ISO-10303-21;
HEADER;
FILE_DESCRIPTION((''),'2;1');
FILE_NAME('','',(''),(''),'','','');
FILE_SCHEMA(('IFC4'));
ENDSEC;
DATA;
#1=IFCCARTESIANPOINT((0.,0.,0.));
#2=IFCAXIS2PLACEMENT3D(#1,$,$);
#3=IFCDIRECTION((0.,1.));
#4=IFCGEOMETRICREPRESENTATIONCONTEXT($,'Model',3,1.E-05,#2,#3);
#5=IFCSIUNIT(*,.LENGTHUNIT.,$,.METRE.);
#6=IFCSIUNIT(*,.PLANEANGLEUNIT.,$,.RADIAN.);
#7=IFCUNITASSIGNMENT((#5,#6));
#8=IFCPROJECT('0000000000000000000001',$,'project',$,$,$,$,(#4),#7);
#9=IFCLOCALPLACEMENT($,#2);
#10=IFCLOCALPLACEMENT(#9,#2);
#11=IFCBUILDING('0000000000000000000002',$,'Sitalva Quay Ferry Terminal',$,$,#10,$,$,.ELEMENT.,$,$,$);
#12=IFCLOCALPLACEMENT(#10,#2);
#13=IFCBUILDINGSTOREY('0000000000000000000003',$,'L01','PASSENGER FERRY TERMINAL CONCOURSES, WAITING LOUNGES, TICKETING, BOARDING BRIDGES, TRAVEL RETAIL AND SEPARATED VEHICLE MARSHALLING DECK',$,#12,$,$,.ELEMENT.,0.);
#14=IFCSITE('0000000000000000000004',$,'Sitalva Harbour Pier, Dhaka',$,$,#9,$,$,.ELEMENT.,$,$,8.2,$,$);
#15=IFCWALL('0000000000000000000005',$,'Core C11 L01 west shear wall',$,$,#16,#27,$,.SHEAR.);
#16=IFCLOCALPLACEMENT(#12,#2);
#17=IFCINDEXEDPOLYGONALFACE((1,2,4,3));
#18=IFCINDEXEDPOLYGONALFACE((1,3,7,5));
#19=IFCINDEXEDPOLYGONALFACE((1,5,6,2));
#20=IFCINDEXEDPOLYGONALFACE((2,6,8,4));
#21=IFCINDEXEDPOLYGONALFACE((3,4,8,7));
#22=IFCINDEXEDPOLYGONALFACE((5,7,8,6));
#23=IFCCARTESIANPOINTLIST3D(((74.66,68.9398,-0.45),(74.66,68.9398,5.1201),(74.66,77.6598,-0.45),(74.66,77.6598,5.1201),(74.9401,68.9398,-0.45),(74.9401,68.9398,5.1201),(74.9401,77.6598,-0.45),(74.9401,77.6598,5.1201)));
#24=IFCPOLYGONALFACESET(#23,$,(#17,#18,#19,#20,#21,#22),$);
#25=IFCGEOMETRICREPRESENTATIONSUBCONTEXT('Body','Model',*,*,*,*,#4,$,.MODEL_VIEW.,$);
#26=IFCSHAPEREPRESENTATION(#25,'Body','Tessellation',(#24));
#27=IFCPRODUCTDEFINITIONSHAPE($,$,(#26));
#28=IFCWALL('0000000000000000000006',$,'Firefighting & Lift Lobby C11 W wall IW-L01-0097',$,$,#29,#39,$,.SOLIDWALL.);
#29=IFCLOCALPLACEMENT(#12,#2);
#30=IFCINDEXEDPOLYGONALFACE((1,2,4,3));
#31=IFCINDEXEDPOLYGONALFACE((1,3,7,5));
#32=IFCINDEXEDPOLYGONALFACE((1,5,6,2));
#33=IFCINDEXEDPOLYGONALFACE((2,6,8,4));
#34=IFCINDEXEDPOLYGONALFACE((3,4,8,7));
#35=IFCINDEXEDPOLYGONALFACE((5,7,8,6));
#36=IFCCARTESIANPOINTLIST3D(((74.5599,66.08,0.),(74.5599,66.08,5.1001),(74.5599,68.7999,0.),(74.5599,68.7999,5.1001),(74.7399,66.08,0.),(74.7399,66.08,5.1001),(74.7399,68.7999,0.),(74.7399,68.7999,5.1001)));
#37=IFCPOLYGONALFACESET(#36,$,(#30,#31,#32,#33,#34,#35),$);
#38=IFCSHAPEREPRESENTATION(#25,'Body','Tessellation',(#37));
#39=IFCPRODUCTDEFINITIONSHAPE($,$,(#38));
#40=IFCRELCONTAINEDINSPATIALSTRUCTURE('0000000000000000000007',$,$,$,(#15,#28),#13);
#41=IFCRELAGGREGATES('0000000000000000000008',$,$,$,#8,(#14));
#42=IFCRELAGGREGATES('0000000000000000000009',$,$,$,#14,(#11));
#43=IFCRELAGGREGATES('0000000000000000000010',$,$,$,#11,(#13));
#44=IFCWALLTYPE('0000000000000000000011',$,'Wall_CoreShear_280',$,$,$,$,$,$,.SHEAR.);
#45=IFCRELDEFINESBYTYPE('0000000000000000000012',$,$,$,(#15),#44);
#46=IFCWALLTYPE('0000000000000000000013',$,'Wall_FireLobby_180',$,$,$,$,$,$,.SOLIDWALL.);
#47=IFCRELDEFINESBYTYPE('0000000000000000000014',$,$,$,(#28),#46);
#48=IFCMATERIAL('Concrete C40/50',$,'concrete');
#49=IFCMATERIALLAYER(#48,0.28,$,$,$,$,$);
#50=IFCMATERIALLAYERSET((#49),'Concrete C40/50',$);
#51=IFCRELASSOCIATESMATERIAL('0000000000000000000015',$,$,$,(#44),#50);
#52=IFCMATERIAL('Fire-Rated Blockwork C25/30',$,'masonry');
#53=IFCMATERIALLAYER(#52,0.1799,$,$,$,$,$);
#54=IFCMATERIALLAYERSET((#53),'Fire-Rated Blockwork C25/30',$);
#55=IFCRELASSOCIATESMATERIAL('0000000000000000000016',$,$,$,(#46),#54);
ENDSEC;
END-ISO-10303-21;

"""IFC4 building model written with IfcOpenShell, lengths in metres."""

from ifc_helpers import new_model, si_unit, direction, frame, frame_2d, origin, place, context, subcontext, project, spatial, rectangle, extrude, material, layer, layer_set, type_object, element, save


model = new_model("IFC4")

# Units and contexts
model_context = context("Model", 3, precision=1e-05, world=origin(), true_north=direction((0.0, 1.0)))
body_context = subcontext(model_context, "Body", "Model", "MODEL_VIEW")
ifc_project = project(units=[si_unit("LENGTHUNIT", "METRE"), si_unit("PLANEANGLEUNIT", "RADIAN")], contexts=[model_context])

# Site, building, storey
site_placement = place(None, origin())
site = spatial("IfcSite", under=ifc_project, at=site_placement, Name="Sitalva Harbour Pier, Dhaka", CompositionType="ELEMENT", RefElevation=8.2)
building_placement = place(site_placement, origin())
building = spatial("IfcBuilding", under=site, at=building_placement, Name="Sitalva Quay Ferry Terminal", CompositionType="ELEMENT")
storey_placement = place(building_placement, origin())
storey = spatial("IfcBuildingStorey", under=building, at=storey_placement, Name="L01", Description="PASSENGER FERRY TERMINAL CONCOURSES, WAITING LOUNGES, TICKETING, BOARDING BRIDGES, TRAVEL RETAIL AND SEPARATED VEHICLE MARSHALLING DECK", CompositionType="ELEMENT", Elevation=0.0)

# Walls
ifc_material_1 = material(Name="Concrete C40/50", Category="concrete")
ifc_layer_1 = layer(ifc_material_1, 0.28)
ifc_layer_set_1 = layer_set([ifc_layer_1], Name="Concrete C40/50")
wall_type_1 = type_object("IfcWallType", Name="Wall_CoreShear_280", PredefinedType="SHEAR", material=ifc_layer_set_1)
wall_1_placement = place(storey_placement, frame((74.8, 68.9399, -0.45), z_axis=(0.0, 0.0, 1.0), x_axis=(0.0, 1.0, 0.0)))
element("IfcWall", 1, at=wall_1_placement, inside=storey, type_object=wall_type_1, Name="Core C11 L01 west shear wall", PredefinedType="SHEAR", context=body_context, shape_type="SweptSolid", body=[
    extrude(rectangle(XDim=8.72, YDim=0.28, at=frame_2d((4.3599, 0.0))), origin(), (0.0, 0.0, 1.0), 5.5701),
])
ifc_material_2 = material(Name="Fire-Rated Blockwork C25/30", Category="masonry")
ifc_layer_2 = layer(ifc_material_2, 0.1799)
ifc_layer_set_2 = layer_set([ifc_layer_2], Name="Fire-Rated Blockwork C25/30")
wall_type_2 = type_object("IfcWallType", Name="Wall_FireLobby_180", PredefinedType="SOLIDWALL", material=ifc_layer_set_2)
wall_2_placement = place(storey_placement, frame((74.6499, 66.0801, 0.0), z_axis=(0.0, 0.0, 1.0), x_axis=(0.0, 1.0, 0.0)))
element("IfcWall", 2, at=wall_2_placement, inside=storey, type_object=wall_type_2, Name="Firefighting & Lift Lobby C11 W wall IW-L01-0097", PredefinedType="SOLIDWALL", context=body_context, shape_type="SweptSolid", body=[
    extrude(rectangle(XDim=2.72, YDim=0.1799, at=frame_2d((1.3599, 0.0))), origin(), (0.0, 0.0, 1.0), 5.1001),
])

save(model, "model.ifc")
